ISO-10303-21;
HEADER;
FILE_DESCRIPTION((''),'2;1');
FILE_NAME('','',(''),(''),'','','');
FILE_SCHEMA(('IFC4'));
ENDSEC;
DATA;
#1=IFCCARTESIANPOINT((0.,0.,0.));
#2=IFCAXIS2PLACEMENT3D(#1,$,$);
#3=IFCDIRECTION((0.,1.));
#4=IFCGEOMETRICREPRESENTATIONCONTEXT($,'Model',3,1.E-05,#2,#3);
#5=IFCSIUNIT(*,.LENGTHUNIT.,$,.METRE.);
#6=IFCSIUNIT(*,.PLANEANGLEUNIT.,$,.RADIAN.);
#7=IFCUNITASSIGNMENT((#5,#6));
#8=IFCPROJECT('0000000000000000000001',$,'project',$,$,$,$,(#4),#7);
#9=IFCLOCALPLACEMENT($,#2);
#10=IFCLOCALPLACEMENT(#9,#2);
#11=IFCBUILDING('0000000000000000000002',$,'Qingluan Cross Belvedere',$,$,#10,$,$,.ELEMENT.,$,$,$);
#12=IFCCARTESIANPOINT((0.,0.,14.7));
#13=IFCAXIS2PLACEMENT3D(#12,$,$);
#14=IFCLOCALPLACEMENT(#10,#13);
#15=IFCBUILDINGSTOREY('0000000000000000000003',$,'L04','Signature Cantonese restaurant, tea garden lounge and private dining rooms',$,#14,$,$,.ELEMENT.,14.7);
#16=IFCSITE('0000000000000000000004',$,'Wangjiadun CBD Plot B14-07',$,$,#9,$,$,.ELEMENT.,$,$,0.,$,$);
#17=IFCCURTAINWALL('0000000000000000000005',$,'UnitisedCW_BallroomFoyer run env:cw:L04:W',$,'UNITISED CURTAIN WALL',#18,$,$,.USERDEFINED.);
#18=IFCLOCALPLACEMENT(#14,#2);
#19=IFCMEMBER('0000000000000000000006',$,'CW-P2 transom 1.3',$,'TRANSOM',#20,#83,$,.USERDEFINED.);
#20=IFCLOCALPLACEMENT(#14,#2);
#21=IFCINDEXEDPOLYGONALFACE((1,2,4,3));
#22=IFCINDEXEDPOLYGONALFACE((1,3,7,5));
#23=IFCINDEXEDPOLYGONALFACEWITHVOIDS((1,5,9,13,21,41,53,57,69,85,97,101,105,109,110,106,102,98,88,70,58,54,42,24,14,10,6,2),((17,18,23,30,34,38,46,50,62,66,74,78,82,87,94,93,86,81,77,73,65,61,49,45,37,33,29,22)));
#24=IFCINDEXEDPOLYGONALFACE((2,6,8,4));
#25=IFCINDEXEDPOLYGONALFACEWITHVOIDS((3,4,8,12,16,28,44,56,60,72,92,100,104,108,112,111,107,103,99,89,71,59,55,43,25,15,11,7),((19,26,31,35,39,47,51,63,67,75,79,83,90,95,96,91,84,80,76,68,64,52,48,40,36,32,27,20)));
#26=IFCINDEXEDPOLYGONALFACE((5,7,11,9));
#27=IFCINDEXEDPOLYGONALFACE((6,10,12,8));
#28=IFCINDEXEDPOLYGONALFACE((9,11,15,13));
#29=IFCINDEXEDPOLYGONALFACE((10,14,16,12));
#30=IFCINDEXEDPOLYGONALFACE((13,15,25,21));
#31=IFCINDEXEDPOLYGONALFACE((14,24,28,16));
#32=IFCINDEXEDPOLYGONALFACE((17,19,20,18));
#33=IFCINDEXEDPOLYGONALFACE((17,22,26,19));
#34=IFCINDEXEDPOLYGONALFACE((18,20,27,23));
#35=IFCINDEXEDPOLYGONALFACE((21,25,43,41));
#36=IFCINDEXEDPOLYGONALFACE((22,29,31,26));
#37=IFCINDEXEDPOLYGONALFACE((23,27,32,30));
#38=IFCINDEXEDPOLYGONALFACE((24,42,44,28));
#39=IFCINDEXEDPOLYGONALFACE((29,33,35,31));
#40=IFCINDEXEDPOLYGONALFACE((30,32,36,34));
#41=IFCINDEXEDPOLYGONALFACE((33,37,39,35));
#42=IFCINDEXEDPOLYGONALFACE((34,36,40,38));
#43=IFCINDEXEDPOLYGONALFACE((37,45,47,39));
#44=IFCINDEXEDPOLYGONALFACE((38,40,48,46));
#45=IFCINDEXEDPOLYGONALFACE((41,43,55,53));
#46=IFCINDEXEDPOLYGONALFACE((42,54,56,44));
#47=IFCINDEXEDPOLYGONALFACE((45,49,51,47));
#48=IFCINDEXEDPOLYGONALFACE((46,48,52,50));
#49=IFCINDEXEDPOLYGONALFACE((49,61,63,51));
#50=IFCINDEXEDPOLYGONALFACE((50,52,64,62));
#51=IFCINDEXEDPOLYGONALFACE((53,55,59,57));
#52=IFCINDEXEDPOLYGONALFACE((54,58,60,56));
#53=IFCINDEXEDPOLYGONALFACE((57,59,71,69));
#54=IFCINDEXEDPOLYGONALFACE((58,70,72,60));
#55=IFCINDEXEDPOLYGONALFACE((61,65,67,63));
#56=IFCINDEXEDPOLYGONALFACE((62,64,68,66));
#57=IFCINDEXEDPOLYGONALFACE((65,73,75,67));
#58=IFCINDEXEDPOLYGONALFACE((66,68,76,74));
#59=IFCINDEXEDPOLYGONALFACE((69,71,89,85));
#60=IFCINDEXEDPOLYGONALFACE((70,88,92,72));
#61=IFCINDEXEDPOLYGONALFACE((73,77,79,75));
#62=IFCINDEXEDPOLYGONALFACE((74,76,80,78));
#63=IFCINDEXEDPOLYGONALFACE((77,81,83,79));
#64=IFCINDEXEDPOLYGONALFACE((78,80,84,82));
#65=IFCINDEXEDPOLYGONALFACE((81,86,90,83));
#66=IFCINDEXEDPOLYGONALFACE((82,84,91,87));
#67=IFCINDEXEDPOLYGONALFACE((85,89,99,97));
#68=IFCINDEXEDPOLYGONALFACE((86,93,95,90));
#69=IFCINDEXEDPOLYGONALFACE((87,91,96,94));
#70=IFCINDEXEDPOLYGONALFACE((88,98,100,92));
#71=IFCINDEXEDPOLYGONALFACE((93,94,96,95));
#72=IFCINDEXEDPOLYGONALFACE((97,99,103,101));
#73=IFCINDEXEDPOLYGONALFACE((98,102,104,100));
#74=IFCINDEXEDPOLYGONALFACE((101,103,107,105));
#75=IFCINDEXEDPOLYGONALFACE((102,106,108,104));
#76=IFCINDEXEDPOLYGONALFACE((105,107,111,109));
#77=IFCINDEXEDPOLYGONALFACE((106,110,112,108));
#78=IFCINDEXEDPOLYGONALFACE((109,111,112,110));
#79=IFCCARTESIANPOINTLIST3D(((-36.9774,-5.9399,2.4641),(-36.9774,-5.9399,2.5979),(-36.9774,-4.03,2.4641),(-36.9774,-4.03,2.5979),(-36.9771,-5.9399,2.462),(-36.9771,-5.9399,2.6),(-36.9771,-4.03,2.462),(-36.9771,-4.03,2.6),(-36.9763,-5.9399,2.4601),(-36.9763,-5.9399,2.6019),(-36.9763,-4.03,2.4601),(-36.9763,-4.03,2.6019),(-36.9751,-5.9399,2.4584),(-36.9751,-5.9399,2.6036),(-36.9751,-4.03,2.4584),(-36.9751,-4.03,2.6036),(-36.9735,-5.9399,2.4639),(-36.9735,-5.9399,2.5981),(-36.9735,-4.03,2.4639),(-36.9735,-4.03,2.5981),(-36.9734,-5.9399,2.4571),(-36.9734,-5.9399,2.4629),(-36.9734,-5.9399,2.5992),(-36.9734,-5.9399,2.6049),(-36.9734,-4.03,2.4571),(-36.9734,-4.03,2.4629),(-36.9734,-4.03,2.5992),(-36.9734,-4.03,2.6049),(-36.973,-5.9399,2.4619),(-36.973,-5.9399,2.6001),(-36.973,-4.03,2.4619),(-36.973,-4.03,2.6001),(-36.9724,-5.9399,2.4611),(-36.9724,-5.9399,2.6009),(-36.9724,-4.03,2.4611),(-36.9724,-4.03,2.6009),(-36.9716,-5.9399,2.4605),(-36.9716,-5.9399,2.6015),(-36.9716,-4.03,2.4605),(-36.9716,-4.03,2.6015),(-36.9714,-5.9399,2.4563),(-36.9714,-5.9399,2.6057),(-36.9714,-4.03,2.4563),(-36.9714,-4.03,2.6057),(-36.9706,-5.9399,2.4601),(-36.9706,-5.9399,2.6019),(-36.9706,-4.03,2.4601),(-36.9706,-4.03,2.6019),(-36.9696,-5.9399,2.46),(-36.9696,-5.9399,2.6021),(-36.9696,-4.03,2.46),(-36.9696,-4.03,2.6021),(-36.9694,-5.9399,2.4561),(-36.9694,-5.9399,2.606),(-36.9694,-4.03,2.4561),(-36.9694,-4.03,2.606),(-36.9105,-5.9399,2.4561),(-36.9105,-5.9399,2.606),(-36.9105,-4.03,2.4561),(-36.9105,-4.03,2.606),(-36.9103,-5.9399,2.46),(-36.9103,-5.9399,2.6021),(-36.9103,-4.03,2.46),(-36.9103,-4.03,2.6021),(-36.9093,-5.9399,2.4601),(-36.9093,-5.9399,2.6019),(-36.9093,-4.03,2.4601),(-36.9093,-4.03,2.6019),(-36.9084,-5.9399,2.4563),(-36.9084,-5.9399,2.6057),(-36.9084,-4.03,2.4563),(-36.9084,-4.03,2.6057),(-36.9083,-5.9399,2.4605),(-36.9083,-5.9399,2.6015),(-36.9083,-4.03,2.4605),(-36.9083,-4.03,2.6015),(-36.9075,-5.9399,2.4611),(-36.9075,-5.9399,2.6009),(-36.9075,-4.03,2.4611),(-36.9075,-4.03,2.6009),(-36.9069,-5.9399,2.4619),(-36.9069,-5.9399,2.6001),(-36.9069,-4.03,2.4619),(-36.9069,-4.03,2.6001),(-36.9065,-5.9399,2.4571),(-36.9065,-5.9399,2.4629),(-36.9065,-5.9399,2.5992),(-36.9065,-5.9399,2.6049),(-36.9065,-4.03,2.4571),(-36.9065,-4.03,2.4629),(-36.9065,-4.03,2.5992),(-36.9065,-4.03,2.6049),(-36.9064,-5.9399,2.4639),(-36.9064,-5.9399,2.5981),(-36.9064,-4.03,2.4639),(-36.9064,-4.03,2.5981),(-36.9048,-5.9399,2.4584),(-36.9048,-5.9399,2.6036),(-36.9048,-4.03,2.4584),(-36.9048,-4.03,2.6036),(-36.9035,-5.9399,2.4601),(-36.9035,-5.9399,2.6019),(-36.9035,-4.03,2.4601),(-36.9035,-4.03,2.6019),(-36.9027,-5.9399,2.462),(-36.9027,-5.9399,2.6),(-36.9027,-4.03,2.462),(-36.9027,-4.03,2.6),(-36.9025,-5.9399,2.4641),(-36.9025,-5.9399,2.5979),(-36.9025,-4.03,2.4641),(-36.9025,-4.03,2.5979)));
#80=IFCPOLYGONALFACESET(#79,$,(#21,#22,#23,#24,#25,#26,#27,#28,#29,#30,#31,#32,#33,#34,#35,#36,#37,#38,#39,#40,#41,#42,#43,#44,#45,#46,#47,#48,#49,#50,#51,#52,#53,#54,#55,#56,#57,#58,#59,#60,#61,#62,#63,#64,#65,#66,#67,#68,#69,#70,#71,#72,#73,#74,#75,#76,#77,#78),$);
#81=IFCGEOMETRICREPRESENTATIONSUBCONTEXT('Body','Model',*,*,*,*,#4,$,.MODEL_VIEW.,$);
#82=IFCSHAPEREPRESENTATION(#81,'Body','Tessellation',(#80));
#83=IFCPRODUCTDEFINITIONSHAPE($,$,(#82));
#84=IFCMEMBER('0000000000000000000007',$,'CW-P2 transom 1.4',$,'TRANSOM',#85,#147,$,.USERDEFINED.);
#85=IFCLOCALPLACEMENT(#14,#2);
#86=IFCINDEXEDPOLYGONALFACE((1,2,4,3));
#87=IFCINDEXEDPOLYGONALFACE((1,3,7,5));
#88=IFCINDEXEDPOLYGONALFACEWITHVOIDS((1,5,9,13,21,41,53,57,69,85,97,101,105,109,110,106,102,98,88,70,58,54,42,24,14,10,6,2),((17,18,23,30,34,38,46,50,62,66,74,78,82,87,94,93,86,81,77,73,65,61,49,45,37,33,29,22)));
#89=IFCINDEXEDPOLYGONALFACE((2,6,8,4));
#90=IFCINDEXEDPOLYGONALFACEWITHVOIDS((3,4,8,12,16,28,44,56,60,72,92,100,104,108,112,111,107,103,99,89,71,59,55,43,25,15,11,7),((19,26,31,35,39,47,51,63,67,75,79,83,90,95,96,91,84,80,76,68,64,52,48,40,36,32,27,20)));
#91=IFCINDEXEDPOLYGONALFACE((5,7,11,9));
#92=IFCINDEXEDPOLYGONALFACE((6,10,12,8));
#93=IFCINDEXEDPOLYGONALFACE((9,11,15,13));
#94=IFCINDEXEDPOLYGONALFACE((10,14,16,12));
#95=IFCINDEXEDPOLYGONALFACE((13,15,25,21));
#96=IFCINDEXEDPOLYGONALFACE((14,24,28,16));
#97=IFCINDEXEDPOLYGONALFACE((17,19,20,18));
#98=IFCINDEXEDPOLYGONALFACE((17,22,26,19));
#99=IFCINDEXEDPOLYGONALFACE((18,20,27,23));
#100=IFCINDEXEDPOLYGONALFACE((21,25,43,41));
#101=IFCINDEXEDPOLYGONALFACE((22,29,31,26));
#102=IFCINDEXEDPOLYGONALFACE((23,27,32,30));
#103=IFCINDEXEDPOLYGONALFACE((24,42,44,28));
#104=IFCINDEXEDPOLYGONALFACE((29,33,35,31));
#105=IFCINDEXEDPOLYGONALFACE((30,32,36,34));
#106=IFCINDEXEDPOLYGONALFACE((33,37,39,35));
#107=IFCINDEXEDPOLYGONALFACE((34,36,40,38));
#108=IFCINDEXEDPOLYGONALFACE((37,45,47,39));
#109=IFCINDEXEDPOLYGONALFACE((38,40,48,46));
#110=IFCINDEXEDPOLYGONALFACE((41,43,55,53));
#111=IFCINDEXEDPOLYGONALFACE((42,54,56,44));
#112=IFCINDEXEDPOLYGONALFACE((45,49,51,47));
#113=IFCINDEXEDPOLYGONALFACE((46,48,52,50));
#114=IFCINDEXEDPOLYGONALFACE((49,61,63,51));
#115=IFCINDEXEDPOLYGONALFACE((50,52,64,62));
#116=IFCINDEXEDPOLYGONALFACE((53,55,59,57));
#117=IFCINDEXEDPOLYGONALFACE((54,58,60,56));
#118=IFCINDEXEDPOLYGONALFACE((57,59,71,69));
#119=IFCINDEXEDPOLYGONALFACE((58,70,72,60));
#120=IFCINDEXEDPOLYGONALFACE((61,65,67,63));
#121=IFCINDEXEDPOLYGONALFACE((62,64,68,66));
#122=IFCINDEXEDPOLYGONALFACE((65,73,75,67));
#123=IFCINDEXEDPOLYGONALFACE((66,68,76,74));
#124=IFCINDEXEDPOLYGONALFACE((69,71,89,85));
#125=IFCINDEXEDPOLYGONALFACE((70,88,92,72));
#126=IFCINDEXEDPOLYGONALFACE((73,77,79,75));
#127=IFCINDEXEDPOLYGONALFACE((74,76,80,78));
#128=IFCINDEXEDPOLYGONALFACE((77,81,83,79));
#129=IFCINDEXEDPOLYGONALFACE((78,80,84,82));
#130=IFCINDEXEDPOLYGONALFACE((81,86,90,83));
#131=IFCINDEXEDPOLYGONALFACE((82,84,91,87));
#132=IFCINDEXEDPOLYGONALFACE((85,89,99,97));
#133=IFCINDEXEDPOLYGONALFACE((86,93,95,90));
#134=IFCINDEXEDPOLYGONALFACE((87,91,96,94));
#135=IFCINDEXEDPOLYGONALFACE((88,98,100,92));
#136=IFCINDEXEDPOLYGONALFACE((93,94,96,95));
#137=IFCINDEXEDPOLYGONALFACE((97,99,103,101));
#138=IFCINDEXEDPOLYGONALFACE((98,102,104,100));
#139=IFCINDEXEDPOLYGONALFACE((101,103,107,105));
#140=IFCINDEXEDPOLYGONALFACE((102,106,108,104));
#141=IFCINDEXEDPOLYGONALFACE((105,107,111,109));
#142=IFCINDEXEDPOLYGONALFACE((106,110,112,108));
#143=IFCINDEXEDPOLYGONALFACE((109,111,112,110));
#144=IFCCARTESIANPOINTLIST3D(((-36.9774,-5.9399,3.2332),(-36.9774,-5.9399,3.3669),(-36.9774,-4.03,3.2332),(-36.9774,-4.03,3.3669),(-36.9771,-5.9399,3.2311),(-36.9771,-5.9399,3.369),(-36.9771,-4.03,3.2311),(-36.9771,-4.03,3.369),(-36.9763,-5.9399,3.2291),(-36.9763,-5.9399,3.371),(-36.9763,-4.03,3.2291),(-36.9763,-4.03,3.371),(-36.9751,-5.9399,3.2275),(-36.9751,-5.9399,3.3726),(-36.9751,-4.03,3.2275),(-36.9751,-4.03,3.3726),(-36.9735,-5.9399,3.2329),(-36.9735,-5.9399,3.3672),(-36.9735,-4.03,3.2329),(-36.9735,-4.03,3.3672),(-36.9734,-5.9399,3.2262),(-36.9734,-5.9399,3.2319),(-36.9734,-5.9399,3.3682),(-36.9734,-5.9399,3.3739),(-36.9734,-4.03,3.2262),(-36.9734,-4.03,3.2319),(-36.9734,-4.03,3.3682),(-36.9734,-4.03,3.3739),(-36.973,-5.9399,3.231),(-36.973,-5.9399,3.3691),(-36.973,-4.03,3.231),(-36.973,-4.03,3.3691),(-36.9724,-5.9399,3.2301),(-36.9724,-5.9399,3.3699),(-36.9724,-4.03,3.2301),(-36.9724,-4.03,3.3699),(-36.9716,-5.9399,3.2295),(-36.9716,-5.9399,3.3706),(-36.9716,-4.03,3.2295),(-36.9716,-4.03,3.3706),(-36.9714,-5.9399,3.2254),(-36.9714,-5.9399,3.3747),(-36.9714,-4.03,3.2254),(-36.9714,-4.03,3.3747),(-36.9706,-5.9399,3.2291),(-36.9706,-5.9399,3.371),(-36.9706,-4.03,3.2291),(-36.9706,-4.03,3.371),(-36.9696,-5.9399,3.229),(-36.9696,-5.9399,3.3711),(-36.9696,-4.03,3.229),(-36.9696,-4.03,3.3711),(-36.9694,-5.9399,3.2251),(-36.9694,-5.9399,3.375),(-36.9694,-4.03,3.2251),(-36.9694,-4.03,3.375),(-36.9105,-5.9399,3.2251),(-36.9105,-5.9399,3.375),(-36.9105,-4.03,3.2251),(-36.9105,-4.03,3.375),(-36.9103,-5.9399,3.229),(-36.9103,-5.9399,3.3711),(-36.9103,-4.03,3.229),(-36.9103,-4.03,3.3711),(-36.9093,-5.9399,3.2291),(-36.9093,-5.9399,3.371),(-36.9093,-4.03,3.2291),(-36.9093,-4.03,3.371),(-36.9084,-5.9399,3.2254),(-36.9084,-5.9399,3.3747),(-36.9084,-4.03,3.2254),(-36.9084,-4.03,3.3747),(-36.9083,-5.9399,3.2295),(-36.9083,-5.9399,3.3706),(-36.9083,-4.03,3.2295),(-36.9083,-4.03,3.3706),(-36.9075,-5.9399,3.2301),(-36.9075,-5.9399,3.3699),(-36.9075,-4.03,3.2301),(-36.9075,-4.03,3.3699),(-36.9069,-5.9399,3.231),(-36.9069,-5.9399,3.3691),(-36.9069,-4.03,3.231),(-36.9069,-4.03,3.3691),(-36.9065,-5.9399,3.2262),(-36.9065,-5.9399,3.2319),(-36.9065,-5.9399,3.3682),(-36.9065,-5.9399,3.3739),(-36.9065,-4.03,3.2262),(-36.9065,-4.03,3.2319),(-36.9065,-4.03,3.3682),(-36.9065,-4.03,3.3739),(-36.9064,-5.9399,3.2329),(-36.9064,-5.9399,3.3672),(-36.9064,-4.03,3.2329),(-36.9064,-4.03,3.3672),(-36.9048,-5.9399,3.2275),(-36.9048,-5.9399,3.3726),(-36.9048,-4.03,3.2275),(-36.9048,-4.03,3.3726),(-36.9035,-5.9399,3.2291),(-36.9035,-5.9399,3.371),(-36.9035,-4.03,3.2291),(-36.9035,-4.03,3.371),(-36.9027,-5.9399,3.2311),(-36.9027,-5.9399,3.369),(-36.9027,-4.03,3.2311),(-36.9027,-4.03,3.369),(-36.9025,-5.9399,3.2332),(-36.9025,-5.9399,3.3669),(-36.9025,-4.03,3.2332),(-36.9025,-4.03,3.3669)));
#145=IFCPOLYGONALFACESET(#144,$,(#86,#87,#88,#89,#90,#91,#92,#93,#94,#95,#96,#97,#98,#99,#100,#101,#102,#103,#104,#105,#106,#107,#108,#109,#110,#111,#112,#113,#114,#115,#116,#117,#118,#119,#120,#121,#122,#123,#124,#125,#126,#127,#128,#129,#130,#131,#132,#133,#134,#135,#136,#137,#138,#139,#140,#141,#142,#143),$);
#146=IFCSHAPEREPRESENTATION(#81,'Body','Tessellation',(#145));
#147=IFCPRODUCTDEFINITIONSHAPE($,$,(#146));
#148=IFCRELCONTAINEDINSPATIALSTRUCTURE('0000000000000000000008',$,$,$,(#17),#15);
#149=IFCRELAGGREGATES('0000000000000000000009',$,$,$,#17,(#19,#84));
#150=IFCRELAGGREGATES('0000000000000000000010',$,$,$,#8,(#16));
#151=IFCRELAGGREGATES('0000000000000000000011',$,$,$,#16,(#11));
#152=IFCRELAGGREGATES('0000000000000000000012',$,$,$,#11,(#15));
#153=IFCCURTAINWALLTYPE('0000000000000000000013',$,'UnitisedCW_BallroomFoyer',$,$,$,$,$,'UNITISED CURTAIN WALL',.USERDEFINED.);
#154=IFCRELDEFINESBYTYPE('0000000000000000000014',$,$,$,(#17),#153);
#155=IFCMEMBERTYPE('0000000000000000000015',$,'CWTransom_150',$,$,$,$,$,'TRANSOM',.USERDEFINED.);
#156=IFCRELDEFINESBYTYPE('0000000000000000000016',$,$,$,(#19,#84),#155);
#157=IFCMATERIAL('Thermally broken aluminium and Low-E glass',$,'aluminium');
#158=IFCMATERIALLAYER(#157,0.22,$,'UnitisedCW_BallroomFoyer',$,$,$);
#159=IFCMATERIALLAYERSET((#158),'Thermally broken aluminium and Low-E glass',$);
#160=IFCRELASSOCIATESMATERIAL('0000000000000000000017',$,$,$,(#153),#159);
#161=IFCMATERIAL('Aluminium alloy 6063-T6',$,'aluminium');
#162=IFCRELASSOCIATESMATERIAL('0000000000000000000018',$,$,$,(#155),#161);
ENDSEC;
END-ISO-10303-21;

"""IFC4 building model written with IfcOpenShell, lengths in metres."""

from ifc_helpers import new_model, si_unit, direction, frame, origin, origin_2d, place, context, subcontext, project, spatial, hollow_rectangle, extrude, material, layer, layer_set, material_profile, profile_set, type_object, element, aggregate, save


model = new_model("IFC4")

# Units and contexts
model_context = context("Model", 3, precision=1e-05, world=origin(), true_north=direction((0.0, 1.0)))
body_context = subcontext(model_context, "Body", "Model", "MODEL_VIEW")
ifc_project = project(units=[si_unit("LENGTHUNIT", "METRE"), si_unit("PLANEANGLEUNIT", "RADIAN")], contexts=[model_context])

# Site, building, storey
site_placement = place(None, origin())
site = spatial("IfcSite", under=ifc_project, at=site_placement, Name="Wangjiadun CBD Plot B14-07", CompositionType="ELEMENT", RefElevation=0.0)
building_placement = place(site_placement, origin())
building = spatial("IfcBuilding", under=site, at=building_placement, Name="Qingluan Cross Belvedere", CompositionType="ELEMENT")
storey_placement = place(building_placement, frame((0.0, 0.0, 14.7)))
storey = spatial("IfcBuildingStorey", under=building, at=storey_placement, Name="L04", Description="Signature Cantonese restaurant, tea garden lounge and private dining rooms", CompositionType="ELEMENT", Elevation=14.7)

# Curtain wall, members
ifc_material_1 = material(Name="Thermally broken aluminium and Low-E glass", Category="aluminium")
ifc_layer_1 = layer(ifc_material_1, 0.22, Name="UnitisedCW_BallroomFoyer")
ifc_layer_set_1 = layer_set([ifc_layer_1], Name="Thermally broken aluminium and Low-E glass")
curtain_wall_type = type_object("IfcCurtainWallType", Name="UnitisedCW_BallroomFoyer", ElementType="UNITISED CURTAIN WALL", PredefinedType="USERDEFINED", material=ifc_layer_set_1)
curtain_wall_placement = place(storey_placement, origin())
curtain_wall = element("IfcCurtainWall", 1, at=curtain_wall_placement, inside=storey, type_object=curtain_wall_type, Name="UnitisedCW_BallroomFoyer run env:cw:L04:W", ObjectType="UNITISED CURTAIN WALL", PredefinedType="USERDEFINED")
ifc_material_2 = material(Name="Aluminium alloy 6063-T6", Category="aluminium")
ifc_material_profile_1 = material_profile(ifc_material_2, hollow_rectangle(XDim=0.075, YDim=0.1499, WallThickness=0.0039, InnerFilletRadius=0.0039, OuterFilletRadius=0.0081, at=origin_2d()), Name="CWT150x75x4")
ifc_profile_set_1 = profile_set([ifc_material_profile_1], Name="Aluminium alloy 6063-T6")
member_type_1 = type_object("IfcMemberType", Name="CWTransom_150", ElementType="TRANSOM", PredefinedType="USERDEFINED", material=ifc_profile_set_1)
member_1_placement = place(storey_placement, frame((-36.9399, -5.9399, 2.531), z_axis=(0.0, 1.0, 0.0), x_axis=(-1.0, 0.0, 0.0)))
member_1 = element("IfcMember", 2, at=member_1_placement, type_object=member_type_1, Name="CW-P2 transom 1.3", ObjectType="TRANSOM", PredefinedType="USERDEFINED", context=body_context, shape_type="SweptSolid", body=[
    extrude(hollow_rectangle(XDim=0.075, YDim=0.1499, WallThickness=0.0039, InnerFilletRadius=0.0039, OuterFilletRadius=0.0081, at=origin_2d()), origin(), (0.0, 0.0, 1.0), 1.9099),
])
member_2_placement = place(storey_placement, frame((-36.9399, -5.9399, 3.3), z_axis=(0.0, 1.0, 0.0), x_axis=(-1.0, 0.0, 0.0)))
member_2 = element("IfcMember", 3, at=member_2_placement, type_object=member_type_1, Name="CW-P2 transom 1.4", ObjectType="TRANSOM", PredefinedType="USERDEFINED", context=body_context, shape_type="SweptSolid", body=[
    extrude(hollow_rectangle(XDim=0.075, YDim=0.1499, WallThickness=0.0039, InnerFilletRadius=0.0039, OuterFilletRadius=0.0081, at=origin_2d()), origin(), (0.0, 0.0, 1.0), 1.9099),
])

aggregate(curtain_wall, [member_1, member_2])

save(model, "model.ifc")
